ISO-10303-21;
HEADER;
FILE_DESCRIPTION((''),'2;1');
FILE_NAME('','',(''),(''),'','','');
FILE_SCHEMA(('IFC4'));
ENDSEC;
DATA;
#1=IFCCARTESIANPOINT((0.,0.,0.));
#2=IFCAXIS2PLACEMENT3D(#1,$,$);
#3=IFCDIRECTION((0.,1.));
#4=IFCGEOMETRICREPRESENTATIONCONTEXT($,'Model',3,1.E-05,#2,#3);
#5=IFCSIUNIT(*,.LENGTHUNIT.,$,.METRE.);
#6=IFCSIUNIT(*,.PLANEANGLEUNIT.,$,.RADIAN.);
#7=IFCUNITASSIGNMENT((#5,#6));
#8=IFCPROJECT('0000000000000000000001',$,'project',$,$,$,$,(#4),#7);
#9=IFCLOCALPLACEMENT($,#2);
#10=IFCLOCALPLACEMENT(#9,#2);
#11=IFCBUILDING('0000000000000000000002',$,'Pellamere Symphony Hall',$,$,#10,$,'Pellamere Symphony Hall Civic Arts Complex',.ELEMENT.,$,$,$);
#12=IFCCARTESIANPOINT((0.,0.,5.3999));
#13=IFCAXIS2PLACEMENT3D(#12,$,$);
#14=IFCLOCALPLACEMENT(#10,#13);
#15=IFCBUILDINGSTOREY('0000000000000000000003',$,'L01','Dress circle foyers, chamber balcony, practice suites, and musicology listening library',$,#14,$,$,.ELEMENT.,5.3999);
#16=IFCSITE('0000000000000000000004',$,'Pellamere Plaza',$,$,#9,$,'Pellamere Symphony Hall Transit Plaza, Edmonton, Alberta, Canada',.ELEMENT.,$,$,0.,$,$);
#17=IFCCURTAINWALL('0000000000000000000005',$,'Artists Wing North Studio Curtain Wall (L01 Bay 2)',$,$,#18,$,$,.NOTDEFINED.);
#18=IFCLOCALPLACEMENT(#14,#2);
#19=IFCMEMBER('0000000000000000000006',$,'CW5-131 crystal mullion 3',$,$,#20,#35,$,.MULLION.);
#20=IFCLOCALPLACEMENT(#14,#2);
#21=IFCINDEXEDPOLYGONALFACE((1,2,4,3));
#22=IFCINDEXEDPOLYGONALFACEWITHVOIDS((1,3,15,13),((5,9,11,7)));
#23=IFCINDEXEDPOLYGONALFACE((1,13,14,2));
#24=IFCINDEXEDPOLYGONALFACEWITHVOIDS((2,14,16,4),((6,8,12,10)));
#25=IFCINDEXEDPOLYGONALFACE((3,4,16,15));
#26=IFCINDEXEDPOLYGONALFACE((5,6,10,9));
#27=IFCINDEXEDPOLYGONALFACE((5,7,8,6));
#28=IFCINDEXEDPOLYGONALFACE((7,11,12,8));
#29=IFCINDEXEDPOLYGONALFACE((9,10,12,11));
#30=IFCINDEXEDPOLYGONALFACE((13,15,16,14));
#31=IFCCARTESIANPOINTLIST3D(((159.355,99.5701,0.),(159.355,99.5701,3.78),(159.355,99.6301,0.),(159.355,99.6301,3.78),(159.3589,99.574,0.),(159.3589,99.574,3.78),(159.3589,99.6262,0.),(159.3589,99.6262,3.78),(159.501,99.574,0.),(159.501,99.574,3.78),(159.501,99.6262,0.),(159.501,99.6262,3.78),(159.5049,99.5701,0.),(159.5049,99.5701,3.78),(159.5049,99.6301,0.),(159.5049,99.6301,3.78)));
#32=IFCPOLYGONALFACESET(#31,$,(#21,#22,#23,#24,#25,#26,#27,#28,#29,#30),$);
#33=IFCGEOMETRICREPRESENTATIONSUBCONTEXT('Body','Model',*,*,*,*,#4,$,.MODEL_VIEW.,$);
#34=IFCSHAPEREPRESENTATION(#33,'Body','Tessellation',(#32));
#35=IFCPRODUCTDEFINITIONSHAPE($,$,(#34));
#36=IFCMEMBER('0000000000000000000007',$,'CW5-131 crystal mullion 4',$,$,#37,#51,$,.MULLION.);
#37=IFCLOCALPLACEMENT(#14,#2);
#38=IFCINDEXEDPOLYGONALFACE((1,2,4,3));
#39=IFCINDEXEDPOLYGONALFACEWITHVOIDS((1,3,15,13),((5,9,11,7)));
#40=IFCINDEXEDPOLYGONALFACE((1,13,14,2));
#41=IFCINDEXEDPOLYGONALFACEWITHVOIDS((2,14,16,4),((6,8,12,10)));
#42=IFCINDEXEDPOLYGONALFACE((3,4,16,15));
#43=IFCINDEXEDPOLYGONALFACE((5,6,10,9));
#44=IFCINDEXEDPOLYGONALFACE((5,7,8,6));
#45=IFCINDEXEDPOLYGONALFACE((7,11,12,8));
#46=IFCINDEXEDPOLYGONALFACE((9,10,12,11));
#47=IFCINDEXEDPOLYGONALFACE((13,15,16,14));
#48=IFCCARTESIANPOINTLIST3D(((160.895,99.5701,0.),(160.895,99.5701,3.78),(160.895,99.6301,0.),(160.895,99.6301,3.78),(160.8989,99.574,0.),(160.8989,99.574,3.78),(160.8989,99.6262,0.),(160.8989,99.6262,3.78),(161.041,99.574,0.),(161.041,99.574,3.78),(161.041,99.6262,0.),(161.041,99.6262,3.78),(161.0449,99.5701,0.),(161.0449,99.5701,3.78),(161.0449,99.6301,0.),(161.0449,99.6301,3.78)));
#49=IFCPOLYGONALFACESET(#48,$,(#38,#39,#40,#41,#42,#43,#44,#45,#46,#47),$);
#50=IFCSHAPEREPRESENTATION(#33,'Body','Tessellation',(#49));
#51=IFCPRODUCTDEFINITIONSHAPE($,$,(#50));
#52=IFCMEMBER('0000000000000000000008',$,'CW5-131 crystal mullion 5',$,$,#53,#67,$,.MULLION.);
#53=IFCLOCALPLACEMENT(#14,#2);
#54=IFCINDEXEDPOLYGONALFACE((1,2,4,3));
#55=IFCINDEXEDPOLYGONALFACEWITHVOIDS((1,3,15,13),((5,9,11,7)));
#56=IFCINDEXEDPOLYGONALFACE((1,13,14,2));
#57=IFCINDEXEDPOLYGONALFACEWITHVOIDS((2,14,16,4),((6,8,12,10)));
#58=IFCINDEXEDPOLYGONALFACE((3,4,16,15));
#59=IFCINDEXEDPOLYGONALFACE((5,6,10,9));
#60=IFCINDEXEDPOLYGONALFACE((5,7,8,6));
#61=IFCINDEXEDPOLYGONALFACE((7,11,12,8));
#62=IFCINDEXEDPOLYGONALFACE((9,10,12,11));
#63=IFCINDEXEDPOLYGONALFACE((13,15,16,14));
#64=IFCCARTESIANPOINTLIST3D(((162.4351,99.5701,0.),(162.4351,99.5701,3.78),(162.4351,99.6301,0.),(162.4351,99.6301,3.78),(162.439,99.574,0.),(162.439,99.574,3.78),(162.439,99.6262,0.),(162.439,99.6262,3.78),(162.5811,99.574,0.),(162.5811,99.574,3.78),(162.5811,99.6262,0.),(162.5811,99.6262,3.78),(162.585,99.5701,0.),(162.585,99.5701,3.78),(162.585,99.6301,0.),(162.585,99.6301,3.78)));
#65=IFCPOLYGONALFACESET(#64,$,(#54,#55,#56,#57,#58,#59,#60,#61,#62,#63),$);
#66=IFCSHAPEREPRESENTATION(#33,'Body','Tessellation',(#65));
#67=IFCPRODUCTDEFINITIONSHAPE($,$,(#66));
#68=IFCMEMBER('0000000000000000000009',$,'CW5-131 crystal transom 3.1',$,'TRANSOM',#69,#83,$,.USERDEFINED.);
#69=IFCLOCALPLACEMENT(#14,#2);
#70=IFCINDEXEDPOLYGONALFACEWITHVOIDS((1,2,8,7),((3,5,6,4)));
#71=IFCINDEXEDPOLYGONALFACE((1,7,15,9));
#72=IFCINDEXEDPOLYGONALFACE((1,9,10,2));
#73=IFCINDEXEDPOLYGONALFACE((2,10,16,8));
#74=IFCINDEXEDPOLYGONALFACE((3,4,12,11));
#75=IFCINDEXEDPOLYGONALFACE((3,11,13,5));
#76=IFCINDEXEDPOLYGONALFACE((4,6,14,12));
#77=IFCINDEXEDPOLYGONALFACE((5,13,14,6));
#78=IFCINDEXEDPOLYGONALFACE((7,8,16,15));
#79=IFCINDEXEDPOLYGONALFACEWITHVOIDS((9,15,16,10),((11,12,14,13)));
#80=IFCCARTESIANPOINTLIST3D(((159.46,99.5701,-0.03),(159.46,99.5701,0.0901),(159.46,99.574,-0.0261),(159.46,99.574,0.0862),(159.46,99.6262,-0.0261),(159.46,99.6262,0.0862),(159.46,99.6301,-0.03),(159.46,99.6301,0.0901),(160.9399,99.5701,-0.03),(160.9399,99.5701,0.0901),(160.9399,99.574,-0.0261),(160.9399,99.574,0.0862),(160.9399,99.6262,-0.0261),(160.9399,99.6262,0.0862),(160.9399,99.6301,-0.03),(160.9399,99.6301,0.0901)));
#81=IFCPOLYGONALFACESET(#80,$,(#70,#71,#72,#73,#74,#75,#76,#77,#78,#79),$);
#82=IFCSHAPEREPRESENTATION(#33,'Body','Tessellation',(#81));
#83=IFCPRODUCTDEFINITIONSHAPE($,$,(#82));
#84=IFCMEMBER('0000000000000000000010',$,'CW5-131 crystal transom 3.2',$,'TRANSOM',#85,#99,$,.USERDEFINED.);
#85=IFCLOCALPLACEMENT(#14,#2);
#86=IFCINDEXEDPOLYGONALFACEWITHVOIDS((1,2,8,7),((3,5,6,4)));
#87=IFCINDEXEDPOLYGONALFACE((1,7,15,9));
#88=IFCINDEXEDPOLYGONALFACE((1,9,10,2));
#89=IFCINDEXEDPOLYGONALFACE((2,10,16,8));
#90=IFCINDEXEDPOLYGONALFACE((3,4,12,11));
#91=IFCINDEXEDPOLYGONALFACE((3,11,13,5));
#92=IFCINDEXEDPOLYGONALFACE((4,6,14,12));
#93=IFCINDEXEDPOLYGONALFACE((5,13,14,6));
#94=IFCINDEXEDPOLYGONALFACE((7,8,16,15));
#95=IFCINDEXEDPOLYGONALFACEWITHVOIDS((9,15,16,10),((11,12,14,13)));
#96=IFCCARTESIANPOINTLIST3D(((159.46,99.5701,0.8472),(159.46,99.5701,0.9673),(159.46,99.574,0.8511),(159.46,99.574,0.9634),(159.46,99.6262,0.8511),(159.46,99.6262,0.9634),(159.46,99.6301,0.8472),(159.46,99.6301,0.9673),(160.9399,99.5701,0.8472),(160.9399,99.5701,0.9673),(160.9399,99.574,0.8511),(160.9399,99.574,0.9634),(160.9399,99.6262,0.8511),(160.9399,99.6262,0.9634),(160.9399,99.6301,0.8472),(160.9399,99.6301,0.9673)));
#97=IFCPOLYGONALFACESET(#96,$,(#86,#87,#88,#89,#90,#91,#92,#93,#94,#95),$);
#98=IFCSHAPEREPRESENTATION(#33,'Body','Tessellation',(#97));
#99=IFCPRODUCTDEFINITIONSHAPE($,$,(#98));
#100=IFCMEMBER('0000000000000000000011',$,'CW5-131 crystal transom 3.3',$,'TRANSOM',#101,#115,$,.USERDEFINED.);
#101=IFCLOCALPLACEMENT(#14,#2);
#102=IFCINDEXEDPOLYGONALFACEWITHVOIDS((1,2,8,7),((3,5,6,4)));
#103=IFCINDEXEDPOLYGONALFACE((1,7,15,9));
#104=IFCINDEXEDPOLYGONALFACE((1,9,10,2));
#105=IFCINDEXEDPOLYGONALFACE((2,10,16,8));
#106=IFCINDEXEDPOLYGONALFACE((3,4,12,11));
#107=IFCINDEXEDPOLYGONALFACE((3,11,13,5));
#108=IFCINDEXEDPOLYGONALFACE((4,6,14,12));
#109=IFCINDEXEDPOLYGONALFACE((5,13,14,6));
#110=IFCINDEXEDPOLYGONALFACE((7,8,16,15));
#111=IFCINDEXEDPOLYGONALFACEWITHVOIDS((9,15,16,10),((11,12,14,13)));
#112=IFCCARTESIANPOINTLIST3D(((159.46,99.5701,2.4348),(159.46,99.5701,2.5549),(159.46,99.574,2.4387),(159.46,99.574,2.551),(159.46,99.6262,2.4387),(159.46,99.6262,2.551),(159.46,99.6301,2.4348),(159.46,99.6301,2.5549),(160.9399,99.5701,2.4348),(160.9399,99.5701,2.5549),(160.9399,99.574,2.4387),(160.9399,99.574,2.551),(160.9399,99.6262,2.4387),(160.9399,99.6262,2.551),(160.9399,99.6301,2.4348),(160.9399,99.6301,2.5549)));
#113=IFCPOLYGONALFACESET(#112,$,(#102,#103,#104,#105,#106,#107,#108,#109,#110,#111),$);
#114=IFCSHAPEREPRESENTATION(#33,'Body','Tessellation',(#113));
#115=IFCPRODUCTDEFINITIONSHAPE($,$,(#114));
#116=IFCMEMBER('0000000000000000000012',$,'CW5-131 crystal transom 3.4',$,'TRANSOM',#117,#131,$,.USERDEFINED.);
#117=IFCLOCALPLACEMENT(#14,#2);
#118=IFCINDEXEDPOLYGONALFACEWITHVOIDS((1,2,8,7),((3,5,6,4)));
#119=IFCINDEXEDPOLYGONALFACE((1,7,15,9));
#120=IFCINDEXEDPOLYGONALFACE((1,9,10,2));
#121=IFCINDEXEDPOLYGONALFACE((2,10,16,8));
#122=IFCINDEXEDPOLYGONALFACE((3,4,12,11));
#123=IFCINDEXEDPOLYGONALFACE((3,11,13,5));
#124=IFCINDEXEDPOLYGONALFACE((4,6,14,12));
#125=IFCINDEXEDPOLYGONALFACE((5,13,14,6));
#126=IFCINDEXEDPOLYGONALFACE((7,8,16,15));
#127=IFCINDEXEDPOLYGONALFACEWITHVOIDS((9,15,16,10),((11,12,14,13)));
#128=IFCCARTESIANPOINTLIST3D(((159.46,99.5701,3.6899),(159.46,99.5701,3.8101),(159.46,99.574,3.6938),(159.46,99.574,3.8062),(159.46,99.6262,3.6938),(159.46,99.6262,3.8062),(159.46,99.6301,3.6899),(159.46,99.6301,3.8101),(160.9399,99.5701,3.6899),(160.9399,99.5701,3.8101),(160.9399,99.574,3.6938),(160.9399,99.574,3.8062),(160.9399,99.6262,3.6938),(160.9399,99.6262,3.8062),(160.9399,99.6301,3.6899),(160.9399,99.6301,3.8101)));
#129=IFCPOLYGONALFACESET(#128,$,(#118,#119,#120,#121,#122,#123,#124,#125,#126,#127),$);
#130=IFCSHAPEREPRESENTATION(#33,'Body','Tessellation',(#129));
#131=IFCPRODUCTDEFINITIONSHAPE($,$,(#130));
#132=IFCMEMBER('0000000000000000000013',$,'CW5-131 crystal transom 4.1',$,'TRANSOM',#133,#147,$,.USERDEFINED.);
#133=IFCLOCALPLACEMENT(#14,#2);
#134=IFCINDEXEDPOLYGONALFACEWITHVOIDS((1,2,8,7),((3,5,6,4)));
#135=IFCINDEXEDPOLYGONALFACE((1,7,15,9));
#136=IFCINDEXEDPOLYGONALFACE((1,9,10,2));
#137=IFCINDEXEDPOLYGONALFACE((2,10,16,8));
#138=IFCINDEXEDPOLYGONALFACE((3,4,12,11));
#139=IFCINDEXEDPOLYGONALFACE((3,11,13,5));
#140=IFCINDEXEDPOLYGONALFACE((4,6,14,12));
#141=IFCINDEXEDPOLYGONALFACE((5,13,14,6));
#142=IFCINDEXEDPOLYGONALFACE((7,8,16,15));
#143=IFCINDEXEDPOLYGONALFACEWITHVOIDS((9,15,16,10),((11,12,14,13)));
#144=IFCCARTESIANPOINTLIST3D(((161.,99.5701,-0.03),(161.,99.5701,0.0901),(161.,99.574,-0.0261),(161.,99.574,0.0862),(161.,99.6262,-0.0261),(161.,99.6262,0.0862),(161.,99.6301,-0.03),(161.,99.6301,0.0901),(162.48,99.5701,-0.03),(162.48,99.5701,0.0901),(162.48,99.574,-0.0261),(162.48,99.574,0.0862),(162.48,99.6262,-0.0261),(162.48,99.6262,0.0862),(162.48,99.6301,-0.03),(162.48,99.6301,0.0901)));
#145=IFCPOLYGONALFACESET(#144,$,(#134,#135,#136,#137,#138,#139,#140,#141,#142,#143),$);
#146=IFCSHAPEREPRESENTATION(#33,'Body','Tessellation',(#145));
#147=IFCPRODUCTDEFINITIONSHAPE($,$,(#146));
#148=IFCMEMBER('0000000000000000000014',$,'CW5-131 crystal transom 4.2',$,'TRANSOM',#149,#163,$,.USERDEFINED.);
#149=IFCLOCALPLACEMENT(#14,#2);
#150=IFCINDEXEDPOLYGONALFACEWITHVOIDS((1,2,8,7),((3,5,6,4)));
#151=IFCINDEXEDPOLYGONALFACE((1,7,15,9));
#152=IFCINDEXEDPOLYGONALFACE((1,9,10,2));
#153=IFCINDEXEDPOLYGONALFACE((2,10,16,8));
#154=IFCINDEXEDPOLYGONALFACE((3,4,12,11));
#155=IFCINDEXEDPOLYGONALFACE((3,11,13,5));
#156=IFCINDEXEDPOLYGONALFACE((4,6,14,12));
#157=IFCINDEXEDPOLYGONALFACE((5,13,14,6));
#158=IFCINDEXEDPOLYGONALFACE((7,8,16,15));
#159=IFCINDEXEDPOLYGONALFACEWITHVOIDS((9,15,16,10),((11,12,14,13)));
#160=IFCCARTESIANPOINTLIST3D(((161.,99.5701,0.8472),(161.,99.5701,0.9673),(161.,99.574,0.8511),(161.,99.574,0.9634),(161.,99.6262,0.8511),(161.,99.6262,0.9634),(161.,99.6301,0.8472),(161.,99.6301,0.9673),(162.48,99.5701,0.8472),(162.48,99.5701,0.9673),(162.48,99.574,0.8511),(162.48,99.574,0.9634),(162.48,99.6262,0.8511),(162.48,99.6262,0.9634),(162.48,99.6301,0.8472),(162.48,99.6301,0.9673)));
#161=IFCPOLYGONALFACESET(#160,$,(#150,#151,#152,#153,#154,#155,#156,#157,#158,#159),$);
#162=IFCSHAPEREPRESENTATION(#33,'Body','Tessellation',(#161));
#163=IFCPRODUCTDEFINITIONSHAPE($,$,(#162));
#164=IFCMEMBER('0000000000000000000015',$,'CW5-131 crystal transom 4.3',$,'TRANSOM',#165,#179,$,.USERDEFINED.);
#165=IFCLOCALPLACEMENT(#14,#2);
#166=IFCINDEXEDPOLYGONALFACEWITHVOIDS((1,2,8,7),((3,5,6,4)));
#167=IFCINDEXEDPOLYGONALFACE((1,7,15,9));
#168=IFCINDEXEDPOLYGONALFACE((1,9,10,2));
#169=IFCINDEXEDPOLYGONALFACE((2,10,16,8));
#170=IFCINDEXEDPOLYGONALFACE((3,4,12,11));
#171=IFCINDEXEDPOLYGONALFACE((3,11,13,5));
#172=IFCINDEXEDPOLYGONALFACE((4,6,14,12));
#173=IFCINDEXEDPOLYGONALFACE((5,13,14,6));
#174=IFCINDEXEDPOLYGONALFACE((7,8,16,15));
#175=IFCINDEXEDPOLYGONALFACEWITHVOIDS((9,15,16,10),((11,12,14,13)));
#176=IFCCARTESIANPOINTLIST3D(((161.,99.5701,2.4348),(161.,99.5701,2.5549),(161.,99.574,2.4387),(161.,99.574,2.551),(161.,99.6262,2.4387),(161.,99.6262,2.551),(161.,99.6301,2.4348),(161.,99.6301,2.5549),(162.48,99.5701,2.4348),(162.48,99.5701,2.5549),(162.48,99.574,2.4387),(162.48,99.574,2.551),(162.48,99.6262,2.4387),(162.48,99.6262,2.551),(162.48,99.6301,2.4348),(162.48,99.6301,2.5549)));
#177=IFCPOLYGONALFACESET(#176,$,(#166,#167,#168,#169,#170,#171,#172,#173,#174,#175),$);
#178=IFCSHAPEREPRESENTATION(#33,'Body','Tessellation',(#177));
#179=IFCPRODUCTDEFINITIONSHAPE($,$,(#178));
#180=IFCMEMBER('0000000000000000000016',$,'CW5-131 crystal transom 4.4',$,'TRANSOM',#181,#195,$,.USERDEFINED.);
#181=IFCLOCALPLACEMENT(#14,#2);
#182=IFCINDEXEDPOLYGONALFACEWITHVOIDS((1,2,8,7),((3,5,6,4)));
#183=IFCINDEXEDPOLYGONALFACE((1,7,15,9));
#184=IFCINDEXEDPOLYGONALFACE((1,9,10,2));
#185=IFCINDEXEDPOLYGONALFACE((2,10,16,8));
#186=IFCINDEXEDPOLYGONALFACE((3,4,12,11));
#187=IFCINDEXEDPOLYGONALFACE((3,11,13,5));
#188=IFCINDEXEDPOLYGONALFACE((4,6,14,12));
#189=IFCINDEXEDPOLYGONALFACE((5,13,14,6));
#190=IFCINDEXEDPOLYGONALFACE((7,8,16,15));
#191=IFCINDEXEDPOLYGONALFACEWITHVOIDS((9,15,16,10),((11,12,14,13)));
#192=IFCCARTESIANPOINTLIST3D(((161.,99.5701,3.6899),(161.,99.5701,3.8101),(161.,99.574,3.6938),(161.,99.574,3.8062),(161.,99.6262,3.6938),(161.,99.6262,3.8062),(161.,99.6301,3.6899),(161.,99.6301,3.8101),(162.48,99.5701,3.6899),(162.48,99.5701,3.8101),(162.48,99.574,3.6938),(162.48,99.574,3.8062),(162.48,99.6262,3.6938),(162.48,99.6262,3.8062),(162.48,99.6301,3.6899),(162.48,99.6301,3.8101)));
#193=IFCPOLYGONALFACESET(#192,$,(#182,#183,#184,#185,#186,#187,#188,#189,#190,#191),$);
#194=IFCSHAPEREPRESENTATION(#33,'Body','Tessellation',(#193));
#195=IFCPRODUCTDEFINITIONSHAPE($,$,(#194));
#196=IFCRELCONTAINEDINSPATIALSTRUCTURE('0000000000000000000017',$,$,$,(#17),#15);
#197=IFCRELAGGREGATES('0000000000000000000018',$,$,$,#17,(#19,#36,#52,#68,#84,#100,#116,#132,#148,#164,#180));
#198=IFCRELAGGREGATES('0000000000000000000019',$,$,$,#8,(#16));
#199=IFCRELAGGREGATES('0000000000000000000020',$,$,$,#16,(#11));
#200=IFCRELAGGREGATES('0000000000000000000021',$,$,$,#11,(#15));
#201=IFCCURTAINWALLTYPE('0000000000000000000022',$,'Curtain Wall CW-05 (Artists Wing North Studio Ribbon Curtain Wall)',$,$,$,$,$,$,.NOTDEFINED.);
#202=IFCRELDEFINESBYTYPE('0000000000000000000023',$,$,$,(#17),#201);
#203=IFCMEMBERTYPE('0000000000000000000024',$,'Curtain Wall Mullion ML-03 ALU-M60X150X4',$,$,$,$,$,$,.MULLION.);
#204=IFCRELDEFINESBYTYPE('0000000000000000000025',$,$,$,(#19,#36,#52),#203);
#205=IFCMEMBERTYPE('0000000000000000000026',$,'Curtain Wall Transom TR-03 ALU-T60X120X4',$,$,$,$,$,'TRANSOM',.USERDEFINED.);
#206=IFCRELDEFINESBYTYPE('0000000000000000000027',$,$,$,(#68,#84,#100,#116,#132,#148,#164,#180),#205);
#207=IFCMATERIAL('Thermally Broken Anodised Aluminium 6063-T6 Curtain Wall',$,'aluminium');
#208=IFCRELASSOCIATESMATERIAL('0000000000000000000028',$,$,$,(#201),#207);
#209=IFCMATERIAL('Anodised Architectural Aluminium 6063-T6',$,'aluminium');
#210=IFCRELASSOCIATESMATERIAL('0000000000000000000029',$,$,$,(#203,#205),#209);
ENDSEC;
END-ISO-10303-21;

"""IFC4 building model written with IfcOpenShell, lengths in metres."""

from ifc_helpers import new_model, si_unit, direction, frame, origin, origin_2d, place, context, subcontext, project, spatial, hollow_rectangle, extrude, material, material_profile, profile_set, type_object, element, aggregate, save


model = new_model("IFC4")

# Units and contexts
model_context = context("Model", 3, precision=1e-05, world=origin(), true_north=direction((0.0, 1.0)))
body_context = subcontext(model_context, "Body", "Model", "MODEL_VIEW")
ifc_project = project(units=[si_unit("LENGTHUNIT", "METRE"), si_unit("PLANEANGLEUNIT", "RADIAN")], contexts=[model_context])

# Site, building, storey
site_placement = place(None, origin())
site = spatial("IfcSite", under=ifc_project, at=site_placement, Name="Pellamere Plaza", LongName="Pellamere Symphony Hall Transit Plaza, Edmonton, Alberta, Canada", CompositionType="ELEMENT", RefElevation=0.0)
building_placement = place(site_placement, origin())
building = spatial("IfcBuilding", under=site, at=building_placement, Name="Pellamere Symphony Hall", LongName="Pellamere Symphony Hall Civic Arts Complex", CompositionType="ELEMENT")
storey_placement = place(building_placement, frame((0.0, 0.0, 5.3999)))
storey = spatial("IfcBuildingStorey", under=building, at=storey_placement, Name="L01", Description="Dress circle foyers, chamber balcony, practice suites, and musicology listening library", CompositionType="ELEMENT", Elevation=5.3999)

# Curtain wall, members
ifc_material_1 = material(Name="Thermally Broken Anodised Aluminium 6063-T6 Curtain Wall", Category="aluminium")
curtain_wall_type = type_object("IfcCurtainWallType", Name="Curtain Wall CW-05 (Artists Wing North Studio Ribbon Curtain Wall)", PredefinedType="NOTDEFINED", material=ifc_material_1)
curtain_wall_placement = place(storey_placement, origin())
curtain_wall = element("IfcCurtainWall", 1, at=curtain_wall_placement, inside=storey, type_object=curtain_wall_type, Name="Artists Wing North Studio Curtain Wall (L01 Bay 2)", PredefinedType="NOTDEFINED")
ifc_material_2 = material(Name="Anodised Architectural Aluminium 6063-T6", Category="aluminium")
ifc_material_profile_1 = material_profile(ifc_material_2, hollow_rectangle(XDim=0.0601, YDim=0.1499, WallThickness=0.0039, at=origin_2d()), Name="ALU-M60X150X4")
ifc_profile_set_1 = profile_set([ifc_material_profile_1], Name="Anodised Architectural Aluminium 6063-T6")
member_type_1 = type_object("IfcMemberType", Name="Curtain Wall Mullion ML-03 ALU-M60X150X4", PredefinedType="MULLION", material=ifc_profile_set_1)
member_1_placement = place(storey_placement, frame((159.4299, 99.6001, 0.0), z_axis=(0.0, 0.0, 1.0), x_axis=(0.0, 1.0, 0.0)))
member_1 = element("IfcMember", 2, at=member_1_placement, type_object=member_type_1, Name="CW5-131 crystal mullion 3", PredefinedType="MULLION", context=body_context, shape_type="SweptSolid", body=[
    extrude(hollow_rectangle(XDim=0.0601, YDim=0.1499, WallThickness=0.0039, at=origin_2d()), origin(), (0.0, 0.0, 1.0), 3.78),
])
member_2_placement = place(storey_placement, frame((160.97, 99.6001, 0.0), z_axis=(0.0, 0.0, 1.0), x_axis=(0.0, 1.0, 0.0)))
member_2 = element("IfcMember", 3, at=member_2_placement, type_object=member_type_1, Name="CW5-131 crystal mullion 4", PredefinedType="MULLION", context=body_context, shape_type="SweptSolid", body=[
    extrude(hollow_rectangle(XDim=0.0601, YDim=0.1499, WallThickness=0.0039, at=origin_2d()), origin(), (0.0, 0.0, 1.0), 3.78),
])
member_3_placement = place(storey_placement, frame((162.51, 99.6001, 0.0), z_axis=(0.0, 0.0, 1.0), x_axis=(0.0, 1.0, 0.0)))
member_3 = element("IfcMember", 4, at=member_3_placement, type_object=member_type_1, Name="CW5-131 crystal mullion 5", PredefinedType="MULLION", context=body_context, shape_type="SweptSolid", body=[
    extrude(hollow_rectangle(XDim=0.0601, YDim=0.1499, WallThickness=0.0039, at=origin_2d()), origin(), (0.0, 0.0, 1.0), 3.78),
])
ifc_material_profile_2 = material_profile(ifc_material_2, hollow_rectangle(XDim=0.0601, YDim=0.1201, WallThickness=0.0039, at=origin_2d()), Name="ALU-T60X120X4")
ifc_profile_set_2 = profile_set([ifc_material_profile_2], Name="Anodised Architectural Aluminium 6063-T6")
member_type_2 = type_object("IfcMemberType", Name="Curtain Wall Transom TR-03 ALU-T60X120X4", ElementType="TRANSOM", PredefinedType="USERDEFINED", material=ifc_profile_set_2)
member_4_placement = place(storey_placement, frame((159.46, 99.6001, 0.03), z_axis=(1.0, 0.0, 0.0), x_axis=(0.0, 1.0, 0.0)))
member_4 = element("IfcMember", 5, at=member_4_placement, type_object=member_type_2, Name="CW5-131 crystal transom 3.1", ObjectType="TRANSOM", PredefinedType="USERDEFINED", context=body_context, shape_type="SweptSolid", body=[
    extrude(hollow_rectangle(XDim=0.0601, YDim=0.1201, WallThickness=0.0039, at=origin_2d()), origin(), (0.0, 0.0, 1.0), 1.48),
])
member_5_placement = place(storey_placement, frame((159.46, 99.6001, 0.9072), z_axis=(1.0, 0.0, 0.0), x_axis=(0.0, 1.0, 0.0)))
member_5 = element("IfcMember", 6, at=member_5_placement, type_object=member_type_2, Name="CW5-131 crystal transom 3.2", ObjectType="TRANSOM", PredefinedType="USERDEFINED", context=body_context, shape_type="SweptSolid", body=[
    extrude(hollow_rectangle(XDim=0.0601, YDim=0.1201, WallThickness=0.0039, at=origin_2d()), origin(), (0.0, 0.0, 1.0), 1.48),
])
member_6_placement = place(storey_placement, frame((159.46, 99.6001, 2.4949), z_axis=(1.0, 0.0, 0.0), x_axis=(0.0, 1.0, 0.0)))
member_6 = element("IfcMember", 7, at=member_6_placement, type_object=member_type_2, Name="CW5-131 crystal transom 3.3", ObjectType="TRANSOM", PredefinedType="USERDEFINED", context=body_context, shape_type="SweptSolid", body=[
    extrude(hollow_rectangle(XDim=0.0601, YDim=0.1201, WallThickness=0.0039, at=origin_2d()), origin(), (0.0, 0.0, 1.0), 1.48),
])
member_7_placement = place(storey_placement, frame((159.46, 99.6001, 3.75), z_axis=(1.0, 0.0, 0.0), x_axis=(0.0, 1.0, 0.0)))
member_7 = element("IfcMember", 8, at=member_7_placement, type_object=member_type_2, Name="CW5-131 crystal transom 3.4", ObjectType="TRANSOM", PredefinedType="USERDEFINED", context=body_context, shape_type="SweptSolid", body=[
    extrude(hollow_rectangle(XDim=0.0601, YDim=0.1201, WallThickness=0.0039, at=origin_2d()), origin(), (0.0, 0.0, 1.0), 1.48),
])
member_8_placement = place(storey_placement, frame((161.0, 99.6001, 0.03), z_axis=(1.0, 0.0, 0.0), x_axis=(0.0, 1.0, 0.0)))
member_8 = element("IfcMember", 9, at=member_8_placement, type_object=member_type_2, Name="CW5-131 crystal transom 4.1", ObjectType="TRANSOM", PredefinedType="USERDEFINED", context=body_context, shape_type="SweptSolid", body=[
    extrude(hollow_rectangle(XDim=0.0601, YDim=0.1201, WallThickness=0.0039, at=origin_2d()), origin(), (0.0, 0.0, 1.0), 1.48),
])
member_9_placement = place(storey_placement, frame((161.0, 99.6001, 0.9072), z_axis=(1.0, 0.0, 0.0), x_axis=(0.0, 1.0, 0.0)))
member_9 = element("IfcMember", 10, at=member_9_placement, type_object=member_type_2, Name="CW5-131 crystal transom 4.2", ObjectType="TRANSOM", PredefinedType="USERDEFINED", context=body_context, shape_type="SweptSolid", body=[
    extrude(hollow_rectangle(XDim=0.0601, YDim=0.1201, WallThickness=0.0039, at=origin_2d()), origin(), (0.0, 0.0, 1.0), 1.48),
])
member_10_placement = place(storey_placement, frame((161.0, 99.6001, 2.4949), z_axis=(1.0, 0.0, 0.0), x_axis=(0.0, 1.0, 0.0)))
member_10 = element("IfcMember", 11, at=member_10_placement, type_object=member_type_2, Name="CW5-131 crystal transom 4.3", ObjectType="TRANSOM", PredefinedType="USERDEFINED", context=body_context, shape_type="SweptSolid", body=[
    extrude(hollow_rectangle(XDim=0.0601, YDim=0.1201, WallThickness=0.0039, at=origin_2d()), origin(), (0.0, 0.0, 1.0), 1.48),
])
member_11_placement = place(storey_placement, frame((161.0, 99.6001, 3.75), z_axis=(1.0, 0.0, 0.0), x_axis=(0.0, 1.0, 0.0)))
member_11 = element("IfcMember", 12, at=member_11_placement, type_object=member_type_2, Name="CW5-131 crystal transom 4.4", ObjectType="TRANSOM", PredefinedType="USERDEFINED", context=body_context, shape_type="SweptSolid", body=[
    extrude(hollow_rectangle(XDim=0.0601, YDim=0.1201, WallThickness=0.0039, at=origin_2d()), origin(), (0.0, 0.0, 1.0), 1.48),
])

aggregate(curtain_wall, [member_1, member_2, member_3, member_4, member_5, member_6, member_7, member_8, member_9, member_10, member_11])

save(model, "model.ifc")
